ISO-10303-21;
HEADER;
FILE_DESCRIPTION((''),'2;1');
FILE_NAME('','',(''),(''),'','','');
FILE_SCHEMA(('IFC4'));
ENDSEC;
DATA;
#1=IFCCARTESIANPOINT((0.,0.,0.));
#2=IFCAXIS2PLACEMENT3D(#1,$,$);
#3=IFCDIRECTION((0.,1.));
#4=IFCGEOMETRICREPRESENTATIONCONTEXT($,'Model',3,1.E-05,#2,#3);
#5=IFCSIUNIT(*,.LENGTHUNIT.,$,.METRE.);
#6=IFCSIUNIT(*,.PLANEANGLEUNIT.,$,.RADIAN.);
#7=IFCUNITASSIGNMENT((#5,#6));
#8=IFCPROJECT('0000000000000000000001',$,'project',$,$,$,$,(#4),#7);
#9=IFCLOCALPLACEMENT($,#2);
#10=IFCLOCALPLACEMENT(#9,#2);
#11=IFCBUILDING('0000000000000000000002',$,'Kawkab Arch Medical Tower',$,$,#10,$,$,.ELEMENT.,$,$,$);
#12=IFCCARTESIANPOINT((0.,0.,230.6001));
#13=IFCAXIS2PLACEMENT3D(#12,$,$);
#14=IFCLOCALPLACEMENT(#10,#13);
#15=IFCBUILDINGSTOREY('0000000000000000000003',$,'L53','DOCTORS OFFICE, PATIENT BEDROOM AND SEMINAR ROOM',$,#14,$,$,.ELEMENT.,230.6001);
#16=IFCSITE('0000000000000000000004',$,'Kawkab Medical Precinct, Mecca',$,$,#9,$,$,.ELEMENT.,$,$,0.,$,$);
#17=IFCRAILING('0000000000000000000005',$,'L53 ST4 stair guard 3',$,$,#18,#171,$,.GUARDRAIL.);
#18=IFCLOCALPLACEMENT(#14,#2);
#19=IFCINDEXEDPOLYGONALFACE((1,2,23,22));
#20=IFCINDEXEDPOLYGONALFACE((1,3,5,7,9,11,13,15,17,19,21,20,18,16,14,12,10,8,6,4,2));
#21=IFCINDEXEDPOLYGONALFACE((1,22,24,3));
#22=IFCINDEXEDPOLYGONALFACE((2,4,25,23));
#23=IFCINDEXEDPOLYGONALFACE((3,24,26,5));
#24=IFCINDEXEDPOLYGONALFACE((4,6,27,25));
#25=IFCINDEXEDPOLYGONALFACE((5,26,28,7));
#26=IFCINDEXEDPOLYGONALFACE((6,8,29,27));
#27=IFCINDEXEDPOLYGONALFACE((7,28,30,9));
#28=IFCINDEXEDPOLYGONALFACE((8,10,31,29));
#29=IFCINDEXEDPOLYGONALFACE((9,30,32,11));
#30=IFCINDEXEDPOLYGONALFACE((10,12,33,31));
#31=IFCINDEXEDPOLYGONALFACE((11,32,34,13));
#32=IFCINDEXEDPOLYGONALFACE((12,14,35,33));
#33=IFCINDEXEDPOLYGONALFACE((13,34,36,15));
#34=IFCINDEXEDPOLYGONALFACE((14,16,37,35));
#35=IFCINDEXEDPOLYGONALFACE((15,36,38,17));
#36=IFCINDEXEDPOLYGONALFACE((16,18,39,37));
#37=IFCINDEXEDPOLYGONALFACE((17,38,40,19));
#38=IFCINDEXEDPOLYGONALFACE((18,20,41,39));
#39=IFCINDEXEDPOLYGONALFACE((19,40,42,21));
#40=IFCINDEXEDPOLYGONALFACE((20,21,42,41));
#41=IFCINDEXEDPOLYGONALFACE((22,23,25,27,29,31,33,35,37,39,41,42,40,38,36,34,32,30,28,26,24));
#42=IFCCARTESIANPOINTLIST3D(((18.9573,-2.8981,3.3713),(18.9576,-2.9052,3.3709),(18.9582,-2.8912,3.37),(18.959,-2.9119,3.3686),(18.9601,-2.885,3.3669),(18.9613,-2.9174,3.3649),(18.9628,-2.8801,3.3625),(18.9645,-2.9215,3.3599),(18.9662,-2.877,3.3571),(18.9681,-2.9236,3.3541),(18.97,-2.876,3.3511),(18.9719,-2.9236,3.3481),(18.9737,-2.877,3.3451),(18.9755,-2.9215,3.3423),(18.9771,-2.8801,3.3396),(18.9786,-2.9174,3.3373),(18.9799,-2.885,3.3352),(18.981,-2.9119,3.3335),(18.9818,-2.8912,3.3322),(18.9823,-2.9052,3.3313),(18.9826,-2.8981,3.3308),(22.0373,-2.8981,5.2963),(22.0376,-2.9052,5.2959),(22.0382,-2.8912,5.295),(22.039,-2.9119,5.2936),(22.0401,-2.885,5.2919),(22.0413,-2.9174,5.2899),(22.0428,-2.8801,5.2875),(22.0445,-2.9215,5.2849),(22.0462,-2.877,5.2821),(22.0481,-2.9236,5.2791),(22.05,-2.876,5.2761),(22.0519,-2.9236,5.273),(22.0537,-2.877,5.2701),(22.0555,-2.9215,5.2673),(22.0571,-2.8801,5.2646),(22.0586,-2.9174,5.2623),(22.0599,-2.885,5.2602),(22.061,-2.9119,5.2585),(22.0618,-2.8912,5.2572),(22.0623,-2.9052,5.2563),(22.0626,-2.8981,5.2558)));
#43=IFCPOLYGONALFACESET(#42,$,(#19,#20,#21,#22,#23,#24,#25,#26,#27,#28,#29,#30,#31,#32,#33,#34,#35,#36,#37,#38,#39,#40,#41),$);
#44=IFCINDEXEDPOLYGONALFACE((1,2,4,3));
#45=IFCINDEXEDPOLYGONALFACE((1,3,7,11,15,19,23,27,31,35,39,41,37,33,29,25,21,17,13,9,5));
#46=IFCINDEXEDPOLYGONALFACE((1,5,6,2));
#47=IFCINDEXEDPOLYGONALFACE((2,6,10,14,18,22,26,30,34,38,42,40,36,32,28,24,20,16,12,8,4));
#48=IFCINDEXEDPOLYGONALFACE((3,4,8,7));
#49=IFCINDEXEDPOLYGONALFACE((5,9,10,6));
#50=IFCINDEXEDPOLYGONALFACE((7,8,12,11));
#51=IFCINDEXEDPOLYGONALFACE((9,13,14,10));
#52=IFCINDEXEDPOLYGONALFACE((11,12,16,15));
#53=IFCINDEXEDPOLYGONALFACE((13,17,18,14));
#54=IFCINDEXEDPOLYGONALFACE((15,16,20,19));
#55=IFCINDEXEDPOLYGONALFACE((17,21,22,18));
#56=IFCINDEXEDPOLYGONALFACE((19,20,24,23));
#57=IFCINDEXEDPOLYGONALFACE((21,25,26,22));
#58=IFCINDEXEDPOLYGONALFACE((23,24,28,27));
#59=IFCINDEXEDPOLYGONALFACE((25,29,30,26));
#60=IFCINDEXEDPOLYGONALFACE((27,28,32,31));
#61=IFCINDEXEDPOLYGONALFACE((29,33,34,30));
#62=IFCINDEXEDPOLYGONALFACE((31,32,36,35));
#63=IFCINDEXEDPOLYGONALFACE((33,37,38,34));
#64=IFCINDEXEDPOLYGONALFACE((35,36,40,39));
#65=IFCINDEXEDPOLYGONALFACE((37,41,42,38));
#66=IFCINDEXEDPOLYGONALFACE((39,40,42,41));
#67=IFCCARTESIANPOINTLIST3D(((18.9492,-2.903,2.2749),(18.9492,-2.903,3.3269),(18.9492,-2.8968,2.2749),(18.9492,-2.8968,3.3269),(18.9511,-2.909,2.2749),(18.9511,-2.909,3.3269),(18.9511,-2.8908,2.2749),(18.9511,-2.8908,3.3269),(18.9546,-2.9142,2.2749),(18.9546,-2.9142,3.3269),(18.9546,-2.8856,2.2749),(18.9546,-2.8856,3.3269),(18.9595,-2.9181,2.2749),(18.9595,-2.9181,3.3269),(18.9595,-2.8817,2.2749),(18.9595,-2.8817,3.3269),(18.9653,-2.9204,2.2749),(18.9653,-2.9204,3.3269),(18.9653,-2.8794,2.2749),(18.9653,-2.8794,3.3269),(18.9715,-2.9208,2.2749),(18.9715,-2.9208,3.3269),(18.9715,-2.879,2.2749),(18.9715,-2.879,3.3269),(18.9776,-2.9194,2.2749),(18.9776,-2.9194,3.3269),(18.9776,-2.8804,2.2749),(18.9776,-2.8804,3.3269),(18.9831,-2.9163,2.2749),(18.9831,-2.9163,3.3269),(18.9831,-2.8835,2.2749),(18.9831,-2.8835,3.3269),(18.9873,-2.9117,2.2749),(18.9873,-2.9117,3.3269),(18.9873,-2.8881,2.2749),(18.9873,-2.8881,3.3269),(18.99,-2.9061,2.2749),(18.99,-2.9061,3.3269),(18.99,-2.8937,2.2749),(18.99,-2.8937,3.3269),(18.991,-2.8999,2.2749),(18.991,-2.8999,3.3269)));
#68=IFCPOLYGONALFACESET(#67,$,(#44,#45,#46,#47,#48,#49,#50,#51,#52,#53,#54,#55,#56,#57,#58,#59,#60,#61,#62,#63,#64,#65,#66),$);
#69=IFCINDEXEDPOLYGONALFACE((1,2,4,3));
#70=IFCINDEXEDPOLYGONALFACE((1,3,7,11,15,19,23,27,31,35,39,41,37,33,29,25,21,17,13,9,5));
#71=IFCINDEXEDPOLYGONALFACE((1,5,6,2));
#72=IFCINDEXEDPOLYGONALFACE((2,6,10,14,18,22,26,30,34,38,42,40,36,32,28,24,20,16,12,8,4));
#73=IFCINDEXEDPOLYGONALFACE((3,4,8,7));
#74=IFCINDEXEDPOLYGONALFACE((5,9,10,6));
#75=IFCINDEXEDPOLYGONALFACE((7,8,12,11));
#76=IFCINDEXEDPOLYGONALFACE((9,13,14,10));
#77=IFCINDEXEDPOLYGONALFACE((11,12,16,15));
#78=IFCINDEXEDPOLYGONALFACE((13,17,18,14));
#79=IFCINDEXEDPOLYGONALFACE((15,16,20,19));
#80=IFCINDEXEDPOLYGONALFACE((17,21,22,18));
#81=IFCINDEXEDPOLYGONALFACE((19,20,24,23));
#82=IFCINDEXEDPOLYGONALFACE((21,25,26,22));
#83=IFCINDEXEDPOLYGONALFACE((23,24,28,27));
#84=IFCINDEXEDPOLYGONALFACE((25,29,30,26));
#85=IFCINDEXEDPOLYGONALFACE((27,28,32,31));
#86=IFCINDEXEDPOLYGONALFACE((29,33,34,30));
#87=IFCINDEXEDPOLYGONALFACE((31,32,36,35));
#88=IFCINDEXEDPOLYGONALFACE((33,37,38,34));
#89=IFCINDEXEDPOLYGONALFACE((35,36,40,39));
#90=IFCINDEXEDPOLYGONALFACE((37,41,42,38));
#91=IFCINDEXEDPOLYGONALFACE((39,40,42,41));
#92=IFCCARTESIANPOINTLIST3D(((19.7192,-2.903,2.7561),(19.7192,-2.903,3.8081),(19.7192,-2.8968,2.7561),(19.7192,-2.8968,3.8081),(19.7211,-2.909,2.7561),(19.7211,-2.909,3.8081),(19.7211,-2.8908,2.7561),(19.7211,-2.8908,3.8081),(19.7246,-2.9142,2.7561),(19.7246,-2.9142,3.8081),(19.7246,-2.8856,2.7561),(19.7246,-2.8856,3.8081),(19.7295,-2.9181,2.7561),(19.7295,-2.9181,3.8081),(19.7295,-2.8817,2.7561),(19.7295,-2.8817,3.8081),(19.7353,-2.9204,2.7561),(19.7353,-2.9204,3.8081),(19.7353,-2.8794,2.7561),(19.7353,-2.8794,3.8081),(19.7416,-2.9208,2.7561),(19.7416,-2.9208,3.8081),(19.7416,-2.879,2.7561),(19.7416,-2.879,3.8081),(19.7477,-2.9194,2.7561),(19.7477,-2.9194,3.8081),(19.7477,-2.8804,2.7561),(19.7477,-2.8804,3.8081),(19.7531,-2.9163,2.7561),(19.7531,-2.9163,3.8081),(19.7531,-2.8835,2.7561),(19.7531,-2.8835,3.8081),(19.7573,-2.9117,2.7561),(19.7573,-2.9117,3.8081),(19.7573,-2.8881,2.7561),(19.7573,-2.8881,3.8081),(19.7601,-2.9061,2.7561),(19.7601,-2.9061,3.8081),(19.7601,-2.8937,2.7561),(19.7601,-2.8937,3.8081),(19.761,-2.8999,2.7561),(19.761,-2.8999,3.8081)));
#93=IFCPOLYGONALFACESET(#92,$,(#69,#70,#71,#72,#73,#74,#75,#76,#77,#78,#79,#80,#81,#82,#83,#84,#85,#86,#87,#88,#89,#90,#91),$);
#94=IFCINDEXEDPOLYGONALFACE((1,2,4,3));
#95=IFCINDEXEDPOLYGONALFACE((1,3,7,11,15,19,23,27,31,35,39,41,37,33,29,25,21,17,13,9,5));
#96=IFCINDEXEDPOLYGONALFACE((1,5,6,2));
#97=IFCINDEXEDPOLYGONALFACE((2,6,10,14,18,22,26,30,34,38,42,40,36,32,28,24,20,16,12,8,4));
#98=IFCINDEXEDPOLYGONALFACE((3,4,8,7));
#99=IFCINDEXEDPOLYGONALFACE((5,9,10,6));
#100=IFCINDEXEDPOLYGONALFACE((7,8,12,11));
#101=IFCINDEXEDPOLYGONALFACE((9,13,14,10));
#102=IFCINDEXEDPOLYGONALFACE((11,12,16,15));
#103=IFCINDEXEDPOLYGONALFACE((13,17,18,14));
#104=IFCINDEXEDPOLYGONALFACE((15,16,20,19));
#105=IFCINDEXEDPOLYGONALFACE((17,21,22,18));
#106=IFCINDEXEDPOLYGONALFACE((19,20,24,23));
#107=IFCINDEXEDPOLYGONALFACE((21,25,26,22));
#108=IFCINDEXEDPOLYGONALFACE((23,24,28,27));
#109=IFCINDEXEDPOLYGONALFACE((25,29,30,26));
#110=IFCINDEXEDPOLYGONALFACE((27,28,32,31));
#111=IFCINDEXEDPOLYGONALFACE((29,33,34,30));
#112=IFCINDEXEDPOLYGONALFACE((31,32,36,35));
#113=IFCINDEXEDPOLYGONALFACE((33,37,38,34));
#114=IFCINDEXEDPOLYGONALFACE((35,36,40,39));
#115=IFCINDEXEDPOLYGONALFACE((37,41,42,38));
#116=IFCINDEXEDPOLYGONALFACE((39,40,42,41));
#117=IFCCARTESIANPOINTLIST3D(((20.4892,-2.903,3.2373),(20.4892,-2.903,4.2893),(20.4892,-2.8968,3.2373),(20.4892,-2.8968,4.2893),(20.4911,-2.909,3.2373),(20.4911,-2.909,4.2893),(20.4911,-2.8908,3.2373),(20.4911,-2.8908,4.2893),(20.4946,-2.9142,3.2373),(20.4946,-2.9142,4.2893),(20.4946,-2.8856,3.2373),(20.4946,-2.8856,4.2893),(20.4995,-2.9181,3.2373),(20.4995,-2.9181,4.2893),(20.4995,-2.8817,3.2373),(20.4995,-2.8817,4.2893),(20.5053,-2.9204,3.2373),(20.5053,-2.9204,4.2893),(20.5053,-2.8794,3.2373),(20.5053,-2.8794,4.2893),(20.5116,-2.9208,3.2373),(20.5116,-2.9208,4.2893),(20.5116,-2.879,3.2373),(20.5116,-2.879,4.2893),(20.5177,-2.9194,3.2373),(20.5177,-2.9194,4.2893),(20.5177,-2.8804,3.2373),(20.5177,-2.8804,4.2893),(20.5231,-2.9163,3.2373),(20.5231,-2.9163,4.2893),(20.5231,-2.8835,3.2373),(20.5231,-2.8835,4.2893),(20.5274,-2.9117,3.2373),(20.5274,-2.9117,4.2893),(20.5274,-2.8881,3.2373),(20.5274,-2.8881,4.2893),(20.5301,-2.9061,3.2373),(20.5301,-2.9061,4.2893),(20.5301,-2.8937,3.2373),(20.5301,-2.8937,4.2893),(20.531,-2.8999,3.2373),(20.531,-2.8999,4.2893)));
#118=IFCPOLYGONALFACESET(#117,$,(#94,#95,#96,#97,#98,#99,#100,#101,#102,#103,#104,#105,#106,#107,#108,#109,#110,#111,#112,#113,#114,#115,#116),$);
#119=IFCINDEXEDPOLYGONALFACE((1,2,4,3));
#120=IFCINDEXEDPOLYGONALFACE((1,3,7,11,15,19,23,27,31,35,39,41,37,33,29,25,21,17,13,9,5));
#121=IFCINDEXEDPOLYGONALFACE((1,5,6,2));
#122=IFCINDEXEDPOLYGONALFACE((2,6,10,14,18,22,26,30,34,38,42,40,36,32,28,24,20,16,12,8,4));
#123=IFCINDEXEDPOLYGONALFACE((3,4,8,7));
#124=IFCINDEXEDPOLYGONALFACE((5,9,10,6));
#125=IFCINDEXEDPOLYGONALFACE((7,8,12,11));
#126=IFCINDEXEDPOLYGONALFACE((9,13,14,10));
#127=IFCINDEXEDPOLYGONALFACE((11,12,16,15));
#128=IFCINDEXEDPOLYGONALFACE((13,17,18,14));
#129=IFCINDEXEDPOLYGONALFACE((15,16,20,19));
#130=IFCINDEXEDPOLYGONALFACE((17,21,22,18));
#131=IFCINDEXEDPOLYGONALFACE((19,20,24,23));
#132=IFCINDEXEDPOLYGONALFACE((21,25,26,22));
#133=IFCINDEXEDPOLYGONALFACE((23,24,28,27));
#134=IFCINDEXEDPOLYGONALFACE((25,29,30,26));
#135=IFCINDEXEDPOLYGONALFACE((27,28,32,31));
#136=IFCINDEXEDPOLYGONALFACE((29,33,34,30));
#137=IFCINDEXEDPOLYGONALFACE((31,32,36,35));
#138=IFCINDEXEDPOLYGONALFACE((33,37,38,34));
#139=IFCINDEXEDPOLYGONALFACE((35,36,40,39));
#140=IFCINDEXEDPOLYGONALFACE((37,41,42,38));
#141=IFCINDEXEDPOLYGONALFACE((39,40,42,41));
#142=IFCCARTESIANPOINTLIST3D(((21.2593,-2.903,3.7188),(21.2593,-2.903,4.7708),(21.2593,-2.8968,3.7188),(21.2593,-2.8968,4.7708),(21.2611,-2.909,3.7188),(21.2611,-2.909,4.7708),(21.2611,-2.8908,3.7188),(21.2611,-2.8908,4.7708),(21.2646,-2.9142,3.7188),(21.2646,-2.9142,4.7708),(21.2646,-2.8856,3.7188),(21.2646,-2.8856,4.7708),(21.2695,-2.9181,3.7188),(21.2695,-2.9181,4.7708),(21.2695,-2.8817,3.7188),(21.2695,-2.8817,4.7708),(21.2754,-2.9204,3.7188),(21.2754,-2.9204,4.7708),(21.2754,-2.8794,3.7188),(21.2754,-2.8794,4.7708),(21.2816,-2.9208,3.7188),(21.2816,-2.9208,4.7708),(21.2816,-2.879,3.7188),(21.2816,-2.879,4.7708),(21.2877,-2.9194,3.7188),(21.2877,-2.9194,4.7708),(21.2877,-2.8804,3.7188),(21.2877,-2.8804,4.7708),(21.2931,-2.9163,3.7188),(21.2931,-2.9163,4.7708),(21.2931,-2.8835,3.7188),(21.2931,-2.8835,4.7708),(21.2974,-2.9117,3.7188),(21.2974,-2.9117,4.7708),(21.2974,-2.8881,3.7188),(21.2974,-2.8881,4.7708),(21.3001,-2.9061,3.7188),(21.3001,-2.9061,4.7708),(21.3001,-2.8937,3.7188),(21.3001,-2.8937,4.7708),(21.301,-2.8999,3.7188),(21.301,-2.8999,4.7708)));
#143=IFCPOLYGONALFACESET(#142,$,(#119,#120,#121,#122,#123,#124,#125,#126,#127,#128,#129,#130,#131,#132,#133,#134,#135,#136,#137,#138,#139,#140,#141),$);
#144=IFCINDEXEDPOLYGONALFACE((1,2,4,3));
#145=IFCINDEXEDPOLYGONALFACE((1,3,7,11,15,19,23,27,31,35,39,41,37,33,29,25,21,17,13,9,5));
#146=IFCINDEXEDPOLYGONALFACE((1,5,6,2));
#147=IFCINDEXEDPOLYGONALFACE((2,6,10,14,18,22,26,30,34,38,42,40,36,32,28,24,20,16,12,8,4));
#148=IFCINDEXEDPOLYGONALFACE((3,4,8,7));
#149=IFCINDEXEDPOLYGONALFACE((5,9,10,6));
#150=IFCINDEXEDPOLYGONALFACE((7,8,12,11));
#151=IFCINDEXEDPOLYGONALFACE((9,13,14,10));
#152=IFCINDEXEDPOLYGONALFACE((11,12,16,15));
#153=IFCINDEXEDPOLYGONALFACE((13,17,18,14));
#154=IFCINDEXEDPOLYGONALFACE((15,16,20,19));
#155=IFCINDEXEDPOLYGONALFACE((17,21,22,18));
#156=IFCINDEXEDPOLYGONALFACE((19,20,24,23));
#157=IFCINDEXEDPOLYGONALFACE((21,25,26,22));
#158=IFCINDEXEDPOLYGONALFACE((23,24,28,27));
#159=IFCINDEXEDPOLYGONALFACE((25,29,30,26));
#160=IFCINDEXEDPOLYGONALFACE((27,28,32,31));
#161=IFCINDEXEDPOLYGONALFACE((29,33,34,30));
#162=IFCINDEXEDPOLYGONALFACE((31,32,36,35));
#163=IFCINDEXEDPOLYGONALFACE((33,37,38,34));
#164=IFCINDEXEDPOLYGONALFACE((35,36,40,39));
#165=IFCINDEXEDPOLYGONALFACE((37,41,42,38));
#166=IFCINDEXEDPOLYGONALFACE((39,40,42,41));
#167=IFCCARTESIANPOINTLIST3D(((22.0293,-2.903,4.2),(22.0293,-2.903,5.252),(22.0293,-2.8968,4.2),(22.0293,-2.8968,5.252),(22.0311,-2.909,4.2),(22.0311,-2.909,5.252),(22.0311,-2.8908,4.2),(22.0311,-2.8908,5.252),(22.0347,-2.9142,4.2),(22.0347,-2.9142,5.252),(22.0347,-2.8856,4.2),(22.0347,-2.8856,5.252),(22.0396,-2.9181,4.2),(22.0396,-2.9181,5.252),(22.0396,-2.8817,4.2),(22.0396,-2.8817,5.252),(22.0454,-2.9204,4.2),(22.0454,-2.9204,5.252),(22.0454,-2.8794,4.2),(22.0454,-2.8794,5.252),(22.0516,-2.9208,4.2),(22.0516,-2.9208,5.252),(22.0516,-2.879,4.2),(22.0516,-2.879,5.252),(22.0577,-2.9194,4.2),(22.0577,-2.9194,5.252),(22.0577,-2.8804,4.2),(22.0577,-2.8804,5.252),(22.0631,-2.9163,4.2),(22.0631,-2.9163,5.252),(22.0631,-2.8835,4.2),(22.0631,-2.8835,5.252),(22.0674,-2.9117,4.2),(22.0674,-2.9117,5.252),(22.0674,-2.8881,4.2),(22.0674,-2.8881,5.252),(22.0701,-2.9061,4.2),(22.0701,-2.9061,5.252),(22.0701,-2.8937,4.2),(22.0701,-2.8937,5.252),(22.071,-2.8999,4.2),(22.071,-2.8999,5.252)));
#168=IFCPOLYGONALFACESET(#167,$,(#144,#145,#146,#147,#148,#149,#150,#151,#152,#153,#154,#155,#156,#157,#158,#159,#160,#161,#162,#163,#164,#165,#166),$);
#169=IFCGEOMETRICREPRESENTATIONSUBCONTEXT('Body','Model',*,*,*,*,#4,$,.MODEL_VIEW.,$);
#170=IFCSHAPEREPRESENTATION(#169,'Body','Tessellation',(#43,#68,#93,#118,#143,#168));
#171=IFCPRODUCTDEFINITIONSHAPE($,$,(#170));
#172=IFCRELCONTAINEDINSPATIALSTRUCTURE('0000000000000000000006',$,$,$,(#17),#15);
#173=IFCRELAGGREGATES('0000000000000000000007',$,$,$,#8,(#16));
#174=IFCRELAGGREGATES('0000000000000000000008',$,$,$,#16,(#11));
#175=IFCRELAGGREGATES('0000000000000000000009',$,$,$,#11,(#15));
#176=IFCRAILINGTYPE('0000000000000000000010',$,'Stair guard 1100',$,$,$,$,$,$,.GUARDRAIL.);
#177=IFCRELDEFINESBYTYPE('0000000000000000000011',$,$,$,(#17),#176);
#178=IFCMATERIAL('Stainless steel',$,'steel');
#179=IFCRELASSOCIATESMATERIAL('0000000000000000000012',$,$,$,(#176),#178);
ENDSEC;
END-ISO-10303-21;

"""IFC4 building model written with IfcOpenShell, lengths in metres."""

from ifc_helpers import new_model, si_unit, direction, frame, origin, origin_2d, place, context, subcontext, project, spatial, circle, extrude, material, type_object, element, save


model = new_model("IFC4")

# Units and contexts
model_context = context("Model", 3, precision=1e-05, world=origin(), true_north=direction((0.0, 1.0)))
body_context = subcontext(model_context, "Body", "Model", "MODEL_VIEW")
ifc_project = project(units=[si_unit("LENGTHUNIT", "METRE"), si_unit("PLANEANGLEUNIT", "RADIAN")], contexts=[model_context])

# Site, building, storey
site_placement = place(None, origin())
site = spatial("IfcSite", under=ifc_project, at=site_placement, Name="Kawkab Medical Precinct, Mecca", CompositionType="ELEMENT", RefElevation=0.0)
building_placement = place(site_placement, origin())
building = spatial("IfcBuilding", under=site, at=building_placement, Name="Kawkab Arch Medical Tower", CompositionType="ELEMENT")
storey_placement = place(building_placement, frame((0.0, 0.0, 230.6001)))
storey = spatial("IfcBuildingStorey", under=building, at=storey_placement, Name="L53", Description="DOCTORS OFFICE, PATIENT BEDROOM AND SEMINAR ROOM", CompositionType="ELEMENT", Elevation=230.6001)

# Railing
ifc_material_1 = material(Name="Stainless steel", Category="steel")
railing_type = type_object("IfcRailingType", Name="Stair guard 1100", PredefinedType="GUARDRAIL", material=ifc_material_1)
railing_1_placement = place(storey_placement, frame((18.97, -2.8999, 2.2749)))
element("IfcRailing", 1, at=railing_1_placement, inside=storey, type_object=railing_type, Name="L53 ST4 stair guard 3", PredefinedType="GUARDRAIL", context=body_context, shape_type="SweptSolid", body=[
    extrude(circle(Radius=0.0239, at=origin_2d()), frame((0.0, 0.0, 1.0762), z_axis=(0.847998, 0.0, 0.529999), x_axis=(0.0, 1.0, 0.0)), (0.0, 0.0, 1.0), 3.6321),
    extrude(circle(Radius=0.021, at=origin_2d()), origin(), (0.0, 0.0, 1.0), 1.052),
    extrude(circle(Radius=0.021, at=origin_2d()), frame((0.77, 0.0, 0.4812)), (0.0, 0.0, 1.0), 1.052),
    extrude(circle(Radius=0.021, at=origin_2d()), frame((1.54, 0.0, 0.9624)), (0.0, 0.0, 1.0), 1.052),
    extrude(circle(Radius=0.021, at=origin_2d()), frame((2.3101, 0.0, 1.4438)), (0.0, 0.0, 1.0), 1.052),
    extrude(circle(Radius=0.021, at=origin_2d()), frame((3.0801, 0.0, 1.925)), (0.0, 0.0, 1.0), 1.052),
])

save(model, "model.ifc")
